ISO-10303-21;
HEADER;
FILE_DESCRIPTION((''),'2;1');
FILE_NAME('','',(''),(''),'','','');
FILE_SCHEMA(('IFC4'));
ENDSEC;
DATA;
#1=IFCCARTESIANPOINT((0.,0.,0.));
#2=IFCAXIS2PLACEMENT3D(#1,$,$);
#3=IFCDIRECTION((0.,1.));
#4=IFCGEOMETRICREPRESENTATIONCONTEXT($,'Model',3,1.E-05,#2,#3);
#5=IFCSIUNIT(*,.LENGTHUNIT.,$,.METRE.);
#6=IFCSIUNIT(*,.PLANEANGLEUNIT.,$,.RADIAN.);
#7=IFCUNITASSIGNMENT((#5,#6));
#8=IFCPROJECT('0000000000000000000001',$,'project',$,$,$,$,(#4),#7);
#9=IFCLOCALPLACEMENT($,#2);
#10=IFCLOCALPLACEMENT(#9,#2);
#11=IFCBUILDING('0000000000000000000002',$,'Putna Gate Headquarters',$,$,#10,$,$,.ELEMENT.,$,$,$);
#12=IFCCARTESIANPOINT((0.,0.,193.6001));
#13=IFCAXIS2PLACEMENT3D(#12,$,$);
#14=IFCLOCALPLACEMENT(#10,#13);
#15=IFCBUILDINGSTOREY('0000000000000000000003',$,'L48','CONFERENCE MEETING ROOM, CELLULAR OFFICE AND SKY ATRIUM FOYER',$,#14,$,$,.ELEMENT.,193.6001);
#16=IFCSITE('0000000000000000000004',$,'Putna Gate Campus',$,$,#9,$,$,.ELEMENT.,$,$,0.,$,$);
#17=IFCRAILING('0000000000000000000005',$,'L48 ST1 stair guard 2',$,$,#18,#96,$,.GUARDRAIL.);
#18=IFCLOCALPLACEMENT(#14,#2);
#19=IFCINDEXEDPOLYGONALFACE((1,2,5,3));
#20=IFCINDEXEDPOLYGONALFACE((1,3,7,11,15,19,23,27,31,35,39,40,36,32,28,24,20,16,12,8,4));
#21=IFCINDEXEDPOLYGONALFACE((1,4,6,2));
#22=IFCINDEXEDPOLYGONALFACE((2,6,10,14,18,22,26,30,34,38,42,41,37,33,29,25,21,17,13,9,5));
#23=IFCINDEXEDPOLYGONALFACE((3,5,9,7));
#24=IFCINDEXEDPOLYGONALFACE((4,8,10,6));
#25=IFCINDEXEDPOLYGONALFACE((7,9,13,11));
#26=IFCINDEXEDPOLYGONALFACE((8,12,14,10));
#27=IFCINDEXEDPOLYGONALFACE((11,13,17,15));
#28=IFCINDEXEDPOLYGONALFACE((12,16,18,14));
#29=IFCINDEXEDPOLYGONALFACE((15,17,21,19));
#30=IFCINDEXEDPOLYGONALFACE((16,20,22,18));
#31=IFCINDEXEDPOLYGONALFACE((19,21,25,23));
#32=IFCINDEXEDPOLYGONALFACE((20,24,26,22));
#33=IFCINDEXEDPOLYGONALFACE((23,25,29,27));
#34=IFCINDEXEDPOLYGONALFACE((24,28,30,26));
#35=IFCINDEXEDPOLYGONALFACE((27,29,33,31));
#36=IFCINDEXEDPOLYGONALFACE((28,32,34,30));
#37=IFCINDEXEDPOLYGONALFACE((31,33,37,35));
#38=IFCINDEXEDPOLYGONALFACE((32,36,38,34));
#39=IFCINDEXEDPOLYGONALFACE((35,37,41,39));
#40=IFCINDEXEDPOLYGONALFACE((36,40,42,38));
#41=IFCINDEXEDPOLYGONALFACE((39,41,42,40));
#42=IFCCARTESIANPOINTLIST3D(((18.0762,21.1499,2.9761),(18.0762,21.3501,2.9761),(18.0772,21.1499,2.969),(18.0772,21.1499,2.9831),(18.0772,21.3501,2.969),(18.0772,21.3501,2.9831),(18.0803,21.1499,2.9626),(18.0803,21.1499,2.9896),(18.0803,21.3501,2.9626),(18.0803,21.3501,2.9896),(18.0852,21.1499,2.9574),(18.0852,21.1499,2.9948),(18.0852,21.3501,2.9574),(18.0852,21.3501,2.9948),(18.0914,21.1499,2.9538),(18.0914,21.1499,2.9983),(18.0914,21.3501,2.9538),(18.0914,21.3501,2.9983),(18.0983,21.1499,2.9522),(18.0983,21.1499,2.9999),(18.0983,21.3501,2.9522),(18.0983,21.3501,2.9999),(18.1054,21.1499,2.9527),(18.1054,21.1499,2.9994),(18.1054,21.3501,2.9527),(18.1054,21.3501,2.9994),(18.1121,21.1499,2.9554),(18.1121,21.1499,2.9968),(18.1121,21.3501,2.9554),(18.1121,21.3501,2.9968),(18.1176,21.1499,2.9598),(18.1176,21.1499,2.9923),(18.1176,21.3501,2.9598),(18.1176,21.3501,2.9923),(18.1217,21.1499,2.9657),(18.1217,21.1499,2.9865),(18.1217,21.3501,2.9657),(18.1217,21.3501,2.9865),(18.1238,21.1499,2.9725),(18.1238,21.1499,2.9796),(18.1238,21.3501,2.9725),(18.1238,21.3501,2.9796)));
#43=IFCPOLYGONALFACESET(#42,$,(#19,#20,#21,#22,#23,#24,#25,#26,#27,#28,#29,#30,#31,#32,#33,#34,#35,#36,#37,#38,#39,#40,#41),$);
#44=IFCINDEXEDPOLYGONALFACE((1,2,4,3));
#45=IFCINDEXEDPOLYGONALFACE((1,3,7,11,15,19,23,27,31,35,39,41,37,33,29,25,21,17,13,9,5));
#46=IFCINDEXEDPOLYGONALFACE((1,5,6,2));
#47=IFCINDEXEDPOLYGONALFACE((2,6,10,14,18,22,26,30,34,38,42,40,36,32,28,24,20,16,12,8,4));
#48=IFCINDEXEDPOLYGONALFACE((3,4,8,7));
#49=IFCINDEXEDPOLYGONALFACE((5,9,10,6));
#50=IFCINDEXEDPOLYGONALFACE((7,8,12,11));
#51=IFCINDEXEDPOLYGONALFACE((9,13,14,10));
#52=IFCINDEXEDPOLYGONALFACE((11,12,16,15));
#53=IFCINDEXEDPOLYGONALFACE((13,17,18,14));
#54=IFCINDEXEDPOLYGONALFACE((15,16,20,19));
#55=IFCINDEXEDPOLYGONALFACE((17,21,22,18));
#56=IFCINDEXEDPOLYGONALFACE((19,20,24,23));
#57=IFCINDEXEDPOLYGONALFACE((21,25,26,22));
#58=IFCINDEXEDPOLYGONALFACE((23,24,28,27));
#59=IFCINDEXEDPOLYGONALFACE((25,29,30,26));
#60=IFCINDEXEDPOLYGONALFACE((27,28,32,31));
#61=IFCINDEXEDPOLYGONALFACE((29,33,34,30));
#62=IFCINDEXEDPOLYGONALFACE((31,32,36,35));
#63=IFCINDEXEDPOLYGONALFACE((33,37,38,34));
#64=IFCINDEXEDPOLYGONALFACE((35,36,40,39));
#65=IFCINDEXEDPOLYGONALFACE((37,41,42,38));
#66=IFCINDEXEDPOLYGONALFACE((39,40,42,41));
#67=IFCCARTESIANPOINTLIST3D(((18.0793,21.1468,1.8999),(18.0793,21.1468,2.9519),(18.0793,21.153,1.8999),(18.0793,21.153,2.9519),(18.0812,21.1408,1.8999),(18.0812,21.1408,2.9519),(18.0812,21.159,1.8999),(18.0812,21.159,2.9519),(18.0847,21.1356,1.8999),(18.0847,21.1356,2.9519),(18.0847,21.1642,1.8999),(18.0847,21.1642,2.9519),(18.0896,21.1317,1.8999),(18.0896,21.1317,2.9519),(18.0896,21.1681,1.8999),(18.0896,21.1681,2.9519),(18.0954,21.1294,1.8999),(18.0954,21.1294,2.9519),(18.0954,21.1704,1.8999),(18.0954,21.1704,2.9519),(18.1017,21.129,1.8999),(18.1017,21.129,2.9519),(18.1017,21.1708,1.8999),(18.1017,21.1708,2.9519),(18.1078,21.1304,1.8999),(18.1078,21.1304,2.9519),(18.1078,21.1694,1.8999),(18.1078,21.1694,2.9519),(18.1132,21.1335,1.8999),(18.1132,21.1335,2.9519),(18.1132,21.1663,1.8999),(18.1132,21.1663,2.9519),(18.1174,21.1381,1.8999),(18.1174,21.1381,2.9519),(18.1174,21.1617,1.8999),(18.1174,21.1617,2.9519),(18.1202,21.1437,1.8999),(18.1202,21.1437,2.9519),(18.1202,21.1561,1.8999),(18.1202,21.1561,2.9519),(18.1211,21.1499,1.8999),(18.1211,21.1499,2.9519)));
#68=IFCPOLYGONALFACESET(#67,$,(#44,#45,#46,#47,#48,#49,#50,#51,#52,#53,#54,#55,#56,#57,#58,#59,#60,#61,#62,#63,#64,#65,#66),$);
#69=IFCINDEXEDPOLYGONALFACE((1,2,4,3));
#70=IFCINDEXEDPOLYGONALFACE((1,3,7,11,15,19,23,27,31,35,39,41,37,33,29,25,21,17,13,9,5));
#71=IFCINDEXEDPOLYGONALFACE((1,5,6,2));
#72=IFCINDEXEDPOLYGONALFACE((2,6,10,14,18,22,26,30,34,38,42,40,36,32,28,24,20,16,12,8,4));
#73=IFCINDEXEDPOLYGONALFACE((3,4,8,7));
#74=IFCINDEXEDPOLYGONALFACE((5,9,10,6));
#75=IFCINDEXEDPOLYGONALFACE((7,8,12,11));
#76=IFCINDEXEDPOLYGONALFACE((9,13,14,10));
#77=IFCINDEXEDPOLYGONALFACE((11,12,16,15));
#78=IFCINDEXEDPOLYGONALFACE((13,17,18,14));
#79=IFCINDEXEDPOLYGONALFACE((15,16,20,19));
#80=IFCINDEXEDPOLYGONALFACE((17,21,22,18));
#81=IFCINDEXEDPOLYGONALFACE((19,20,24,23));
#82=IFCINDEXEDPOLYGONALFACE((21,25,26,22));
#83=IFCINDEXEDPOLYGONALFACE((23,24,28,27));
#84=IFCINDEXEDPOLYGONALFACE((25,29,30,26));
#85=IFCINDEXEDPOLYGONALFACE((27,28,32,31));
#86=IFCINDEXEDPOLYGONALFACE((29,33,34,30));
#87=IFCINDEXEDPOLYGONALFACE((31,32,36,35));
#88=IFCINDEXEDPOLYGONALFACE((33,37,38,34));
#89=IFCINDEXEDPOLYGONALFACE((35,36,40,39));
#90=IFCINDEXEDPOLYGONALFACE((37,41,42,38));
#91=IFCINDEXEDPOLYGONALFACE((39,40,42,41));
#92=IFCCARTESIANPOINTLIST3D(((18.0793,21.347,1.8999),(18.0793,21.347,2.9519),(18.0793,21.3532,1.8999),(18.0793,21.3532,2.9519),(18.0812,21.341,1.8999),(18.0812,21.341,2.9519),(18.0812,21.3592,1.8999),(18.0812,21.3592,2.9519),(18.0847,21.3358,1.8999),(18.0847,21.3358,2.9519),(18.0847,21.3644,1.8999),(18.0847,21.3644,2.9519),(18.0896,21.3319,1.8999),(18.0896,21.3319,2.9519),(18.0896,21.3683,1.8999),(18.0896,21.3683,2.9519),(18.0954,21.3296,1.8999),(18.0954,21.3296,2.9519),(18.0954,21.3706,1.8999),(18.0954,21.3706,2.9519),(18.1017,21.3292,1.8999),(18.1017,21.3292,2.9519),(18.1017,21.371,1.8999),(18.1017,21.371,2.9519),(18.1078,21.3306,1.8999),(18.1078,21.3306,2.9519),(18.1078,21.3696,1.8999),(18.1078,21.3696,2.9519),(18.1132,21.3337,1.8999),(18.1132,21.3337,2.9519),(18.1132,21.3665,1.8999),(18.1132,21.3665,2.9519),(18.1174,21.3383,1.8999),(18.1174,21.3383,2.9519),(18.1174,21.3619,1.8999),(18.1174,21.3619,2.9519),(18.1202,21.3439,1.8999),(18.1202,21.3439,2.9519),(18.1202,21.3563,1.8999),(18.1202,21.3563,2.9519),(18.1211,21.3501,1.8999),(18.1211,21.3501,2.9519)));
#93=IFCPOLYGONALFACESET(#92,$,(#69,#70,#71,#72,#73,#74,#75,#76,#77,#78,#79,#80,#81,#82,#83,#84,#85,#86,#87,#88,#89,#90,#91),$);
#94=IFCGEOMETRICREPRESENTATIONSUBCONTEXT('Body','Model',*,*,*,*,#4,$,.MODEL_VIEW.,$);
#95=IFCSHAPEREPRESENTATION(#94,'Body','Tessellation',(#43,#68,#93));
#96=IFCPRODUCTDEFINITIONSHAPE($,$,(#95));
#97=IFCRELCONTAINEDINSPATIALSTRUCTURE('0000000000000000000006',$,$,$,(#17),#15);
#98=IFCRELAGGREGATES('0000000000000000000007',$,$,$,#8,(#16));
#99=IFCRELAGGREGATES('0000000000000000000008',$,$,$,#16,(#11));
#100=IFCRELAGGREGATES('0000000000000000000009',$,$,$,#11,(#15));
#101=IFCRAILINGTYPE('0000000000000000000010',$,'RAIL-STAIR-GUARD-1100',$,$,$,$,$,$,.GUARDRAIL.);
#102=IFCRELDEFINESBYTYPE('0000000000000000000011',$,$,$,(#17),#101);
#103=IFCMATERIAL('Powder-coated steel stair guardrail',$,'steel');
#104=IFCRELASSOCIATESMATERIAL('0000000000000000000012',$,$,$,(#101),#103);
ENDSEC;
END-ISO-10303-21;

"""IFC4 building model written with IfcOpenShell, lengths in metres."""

from ifc_helpers import new_model, si_unit, direction, frame, origin, origin_2d, place, context, subcontext, project, spatial, circle, extrude, material, type_object, element, save


model = new_model("IFC4")

# Units and contexts
model_context = context("Model", 3, precision=1e-05, world=origin(), true_north=direction((0.0, 1.0)))
body_context = subcontext(model_context, "Body", "Model", "MODEL_VIEW")
ifc_project = project(units=[si_unit("LENGTHUNIT", "METRE"), si_unit("PLANEANGLEUNIT", "RADIAN")], contexts=[model_context])

# Site, building, storey
site_placement = place(None, origin())
site = spatial("IfcSite", under=ifc_project, at=site_placement, Name="Putna Gate Campus", CompositionType="ELEMENT", RefElevation=0.0)
building_placement = place(site_placement, origin())
building = spatial("IfcBuilding", under=site, at=building_placement, Name="Putna Gate Headquarters", CompositionType="ELEMENT")
storey_placement = place(building_placement, frame((0.0, 0.0, 193.6001)))
storey = spatial("IfcBuildingStorey", under=building, at=storey_placement, Name="L48", Description="CONFERENCE MEETING ROOM, CELLULAR OFFICE AND SKY ATRIUM FOYER", CompositionType="ELEMENT", Elevation=193.6001)

# Railing
ifc_material_1 = material(Name="Powder-coated steel stair guardrail", Category="steel")
railing_type = type_object("IfcRailingType", Name="RAIL-STAIR-GUARD-1100", PredefinedType="GUARDRAIL", material=ifc_material_1)
railing_1_placement = place(storey_placement, frame((18.1001, 21.1499, 1.8999)))
element("IfcRailing", 1, at=railing_1_placement, inside=storey, type_object=railing_type, Name="L48 ST1 stair guard 2", PredefinedType="GUARDRAIL", context=body_context, shape_type="SweptSolid", body=[
    extrude(circle(Radius=0.0239, at=origin_2d()), frame((0.0, 0.0, 1.0762), z_axis=(0.0, 1.0, 0.0), x_axis=(-1.0, 0.0, 0.0)), (0.0, 0.0, 1.0), 0.2002),
    extrude(circle(Radius=0.021, at=origin_2d()), origin(), (0.0, 0.0, 1.0), 1.052),
    extrude(circle(Radius=0.021, at=origin_2d()), frame((0.0, 0.2002, 0.0)), (0.0, 0.0, 1.0), 1.052),
])

save(model, "model.ifc")
